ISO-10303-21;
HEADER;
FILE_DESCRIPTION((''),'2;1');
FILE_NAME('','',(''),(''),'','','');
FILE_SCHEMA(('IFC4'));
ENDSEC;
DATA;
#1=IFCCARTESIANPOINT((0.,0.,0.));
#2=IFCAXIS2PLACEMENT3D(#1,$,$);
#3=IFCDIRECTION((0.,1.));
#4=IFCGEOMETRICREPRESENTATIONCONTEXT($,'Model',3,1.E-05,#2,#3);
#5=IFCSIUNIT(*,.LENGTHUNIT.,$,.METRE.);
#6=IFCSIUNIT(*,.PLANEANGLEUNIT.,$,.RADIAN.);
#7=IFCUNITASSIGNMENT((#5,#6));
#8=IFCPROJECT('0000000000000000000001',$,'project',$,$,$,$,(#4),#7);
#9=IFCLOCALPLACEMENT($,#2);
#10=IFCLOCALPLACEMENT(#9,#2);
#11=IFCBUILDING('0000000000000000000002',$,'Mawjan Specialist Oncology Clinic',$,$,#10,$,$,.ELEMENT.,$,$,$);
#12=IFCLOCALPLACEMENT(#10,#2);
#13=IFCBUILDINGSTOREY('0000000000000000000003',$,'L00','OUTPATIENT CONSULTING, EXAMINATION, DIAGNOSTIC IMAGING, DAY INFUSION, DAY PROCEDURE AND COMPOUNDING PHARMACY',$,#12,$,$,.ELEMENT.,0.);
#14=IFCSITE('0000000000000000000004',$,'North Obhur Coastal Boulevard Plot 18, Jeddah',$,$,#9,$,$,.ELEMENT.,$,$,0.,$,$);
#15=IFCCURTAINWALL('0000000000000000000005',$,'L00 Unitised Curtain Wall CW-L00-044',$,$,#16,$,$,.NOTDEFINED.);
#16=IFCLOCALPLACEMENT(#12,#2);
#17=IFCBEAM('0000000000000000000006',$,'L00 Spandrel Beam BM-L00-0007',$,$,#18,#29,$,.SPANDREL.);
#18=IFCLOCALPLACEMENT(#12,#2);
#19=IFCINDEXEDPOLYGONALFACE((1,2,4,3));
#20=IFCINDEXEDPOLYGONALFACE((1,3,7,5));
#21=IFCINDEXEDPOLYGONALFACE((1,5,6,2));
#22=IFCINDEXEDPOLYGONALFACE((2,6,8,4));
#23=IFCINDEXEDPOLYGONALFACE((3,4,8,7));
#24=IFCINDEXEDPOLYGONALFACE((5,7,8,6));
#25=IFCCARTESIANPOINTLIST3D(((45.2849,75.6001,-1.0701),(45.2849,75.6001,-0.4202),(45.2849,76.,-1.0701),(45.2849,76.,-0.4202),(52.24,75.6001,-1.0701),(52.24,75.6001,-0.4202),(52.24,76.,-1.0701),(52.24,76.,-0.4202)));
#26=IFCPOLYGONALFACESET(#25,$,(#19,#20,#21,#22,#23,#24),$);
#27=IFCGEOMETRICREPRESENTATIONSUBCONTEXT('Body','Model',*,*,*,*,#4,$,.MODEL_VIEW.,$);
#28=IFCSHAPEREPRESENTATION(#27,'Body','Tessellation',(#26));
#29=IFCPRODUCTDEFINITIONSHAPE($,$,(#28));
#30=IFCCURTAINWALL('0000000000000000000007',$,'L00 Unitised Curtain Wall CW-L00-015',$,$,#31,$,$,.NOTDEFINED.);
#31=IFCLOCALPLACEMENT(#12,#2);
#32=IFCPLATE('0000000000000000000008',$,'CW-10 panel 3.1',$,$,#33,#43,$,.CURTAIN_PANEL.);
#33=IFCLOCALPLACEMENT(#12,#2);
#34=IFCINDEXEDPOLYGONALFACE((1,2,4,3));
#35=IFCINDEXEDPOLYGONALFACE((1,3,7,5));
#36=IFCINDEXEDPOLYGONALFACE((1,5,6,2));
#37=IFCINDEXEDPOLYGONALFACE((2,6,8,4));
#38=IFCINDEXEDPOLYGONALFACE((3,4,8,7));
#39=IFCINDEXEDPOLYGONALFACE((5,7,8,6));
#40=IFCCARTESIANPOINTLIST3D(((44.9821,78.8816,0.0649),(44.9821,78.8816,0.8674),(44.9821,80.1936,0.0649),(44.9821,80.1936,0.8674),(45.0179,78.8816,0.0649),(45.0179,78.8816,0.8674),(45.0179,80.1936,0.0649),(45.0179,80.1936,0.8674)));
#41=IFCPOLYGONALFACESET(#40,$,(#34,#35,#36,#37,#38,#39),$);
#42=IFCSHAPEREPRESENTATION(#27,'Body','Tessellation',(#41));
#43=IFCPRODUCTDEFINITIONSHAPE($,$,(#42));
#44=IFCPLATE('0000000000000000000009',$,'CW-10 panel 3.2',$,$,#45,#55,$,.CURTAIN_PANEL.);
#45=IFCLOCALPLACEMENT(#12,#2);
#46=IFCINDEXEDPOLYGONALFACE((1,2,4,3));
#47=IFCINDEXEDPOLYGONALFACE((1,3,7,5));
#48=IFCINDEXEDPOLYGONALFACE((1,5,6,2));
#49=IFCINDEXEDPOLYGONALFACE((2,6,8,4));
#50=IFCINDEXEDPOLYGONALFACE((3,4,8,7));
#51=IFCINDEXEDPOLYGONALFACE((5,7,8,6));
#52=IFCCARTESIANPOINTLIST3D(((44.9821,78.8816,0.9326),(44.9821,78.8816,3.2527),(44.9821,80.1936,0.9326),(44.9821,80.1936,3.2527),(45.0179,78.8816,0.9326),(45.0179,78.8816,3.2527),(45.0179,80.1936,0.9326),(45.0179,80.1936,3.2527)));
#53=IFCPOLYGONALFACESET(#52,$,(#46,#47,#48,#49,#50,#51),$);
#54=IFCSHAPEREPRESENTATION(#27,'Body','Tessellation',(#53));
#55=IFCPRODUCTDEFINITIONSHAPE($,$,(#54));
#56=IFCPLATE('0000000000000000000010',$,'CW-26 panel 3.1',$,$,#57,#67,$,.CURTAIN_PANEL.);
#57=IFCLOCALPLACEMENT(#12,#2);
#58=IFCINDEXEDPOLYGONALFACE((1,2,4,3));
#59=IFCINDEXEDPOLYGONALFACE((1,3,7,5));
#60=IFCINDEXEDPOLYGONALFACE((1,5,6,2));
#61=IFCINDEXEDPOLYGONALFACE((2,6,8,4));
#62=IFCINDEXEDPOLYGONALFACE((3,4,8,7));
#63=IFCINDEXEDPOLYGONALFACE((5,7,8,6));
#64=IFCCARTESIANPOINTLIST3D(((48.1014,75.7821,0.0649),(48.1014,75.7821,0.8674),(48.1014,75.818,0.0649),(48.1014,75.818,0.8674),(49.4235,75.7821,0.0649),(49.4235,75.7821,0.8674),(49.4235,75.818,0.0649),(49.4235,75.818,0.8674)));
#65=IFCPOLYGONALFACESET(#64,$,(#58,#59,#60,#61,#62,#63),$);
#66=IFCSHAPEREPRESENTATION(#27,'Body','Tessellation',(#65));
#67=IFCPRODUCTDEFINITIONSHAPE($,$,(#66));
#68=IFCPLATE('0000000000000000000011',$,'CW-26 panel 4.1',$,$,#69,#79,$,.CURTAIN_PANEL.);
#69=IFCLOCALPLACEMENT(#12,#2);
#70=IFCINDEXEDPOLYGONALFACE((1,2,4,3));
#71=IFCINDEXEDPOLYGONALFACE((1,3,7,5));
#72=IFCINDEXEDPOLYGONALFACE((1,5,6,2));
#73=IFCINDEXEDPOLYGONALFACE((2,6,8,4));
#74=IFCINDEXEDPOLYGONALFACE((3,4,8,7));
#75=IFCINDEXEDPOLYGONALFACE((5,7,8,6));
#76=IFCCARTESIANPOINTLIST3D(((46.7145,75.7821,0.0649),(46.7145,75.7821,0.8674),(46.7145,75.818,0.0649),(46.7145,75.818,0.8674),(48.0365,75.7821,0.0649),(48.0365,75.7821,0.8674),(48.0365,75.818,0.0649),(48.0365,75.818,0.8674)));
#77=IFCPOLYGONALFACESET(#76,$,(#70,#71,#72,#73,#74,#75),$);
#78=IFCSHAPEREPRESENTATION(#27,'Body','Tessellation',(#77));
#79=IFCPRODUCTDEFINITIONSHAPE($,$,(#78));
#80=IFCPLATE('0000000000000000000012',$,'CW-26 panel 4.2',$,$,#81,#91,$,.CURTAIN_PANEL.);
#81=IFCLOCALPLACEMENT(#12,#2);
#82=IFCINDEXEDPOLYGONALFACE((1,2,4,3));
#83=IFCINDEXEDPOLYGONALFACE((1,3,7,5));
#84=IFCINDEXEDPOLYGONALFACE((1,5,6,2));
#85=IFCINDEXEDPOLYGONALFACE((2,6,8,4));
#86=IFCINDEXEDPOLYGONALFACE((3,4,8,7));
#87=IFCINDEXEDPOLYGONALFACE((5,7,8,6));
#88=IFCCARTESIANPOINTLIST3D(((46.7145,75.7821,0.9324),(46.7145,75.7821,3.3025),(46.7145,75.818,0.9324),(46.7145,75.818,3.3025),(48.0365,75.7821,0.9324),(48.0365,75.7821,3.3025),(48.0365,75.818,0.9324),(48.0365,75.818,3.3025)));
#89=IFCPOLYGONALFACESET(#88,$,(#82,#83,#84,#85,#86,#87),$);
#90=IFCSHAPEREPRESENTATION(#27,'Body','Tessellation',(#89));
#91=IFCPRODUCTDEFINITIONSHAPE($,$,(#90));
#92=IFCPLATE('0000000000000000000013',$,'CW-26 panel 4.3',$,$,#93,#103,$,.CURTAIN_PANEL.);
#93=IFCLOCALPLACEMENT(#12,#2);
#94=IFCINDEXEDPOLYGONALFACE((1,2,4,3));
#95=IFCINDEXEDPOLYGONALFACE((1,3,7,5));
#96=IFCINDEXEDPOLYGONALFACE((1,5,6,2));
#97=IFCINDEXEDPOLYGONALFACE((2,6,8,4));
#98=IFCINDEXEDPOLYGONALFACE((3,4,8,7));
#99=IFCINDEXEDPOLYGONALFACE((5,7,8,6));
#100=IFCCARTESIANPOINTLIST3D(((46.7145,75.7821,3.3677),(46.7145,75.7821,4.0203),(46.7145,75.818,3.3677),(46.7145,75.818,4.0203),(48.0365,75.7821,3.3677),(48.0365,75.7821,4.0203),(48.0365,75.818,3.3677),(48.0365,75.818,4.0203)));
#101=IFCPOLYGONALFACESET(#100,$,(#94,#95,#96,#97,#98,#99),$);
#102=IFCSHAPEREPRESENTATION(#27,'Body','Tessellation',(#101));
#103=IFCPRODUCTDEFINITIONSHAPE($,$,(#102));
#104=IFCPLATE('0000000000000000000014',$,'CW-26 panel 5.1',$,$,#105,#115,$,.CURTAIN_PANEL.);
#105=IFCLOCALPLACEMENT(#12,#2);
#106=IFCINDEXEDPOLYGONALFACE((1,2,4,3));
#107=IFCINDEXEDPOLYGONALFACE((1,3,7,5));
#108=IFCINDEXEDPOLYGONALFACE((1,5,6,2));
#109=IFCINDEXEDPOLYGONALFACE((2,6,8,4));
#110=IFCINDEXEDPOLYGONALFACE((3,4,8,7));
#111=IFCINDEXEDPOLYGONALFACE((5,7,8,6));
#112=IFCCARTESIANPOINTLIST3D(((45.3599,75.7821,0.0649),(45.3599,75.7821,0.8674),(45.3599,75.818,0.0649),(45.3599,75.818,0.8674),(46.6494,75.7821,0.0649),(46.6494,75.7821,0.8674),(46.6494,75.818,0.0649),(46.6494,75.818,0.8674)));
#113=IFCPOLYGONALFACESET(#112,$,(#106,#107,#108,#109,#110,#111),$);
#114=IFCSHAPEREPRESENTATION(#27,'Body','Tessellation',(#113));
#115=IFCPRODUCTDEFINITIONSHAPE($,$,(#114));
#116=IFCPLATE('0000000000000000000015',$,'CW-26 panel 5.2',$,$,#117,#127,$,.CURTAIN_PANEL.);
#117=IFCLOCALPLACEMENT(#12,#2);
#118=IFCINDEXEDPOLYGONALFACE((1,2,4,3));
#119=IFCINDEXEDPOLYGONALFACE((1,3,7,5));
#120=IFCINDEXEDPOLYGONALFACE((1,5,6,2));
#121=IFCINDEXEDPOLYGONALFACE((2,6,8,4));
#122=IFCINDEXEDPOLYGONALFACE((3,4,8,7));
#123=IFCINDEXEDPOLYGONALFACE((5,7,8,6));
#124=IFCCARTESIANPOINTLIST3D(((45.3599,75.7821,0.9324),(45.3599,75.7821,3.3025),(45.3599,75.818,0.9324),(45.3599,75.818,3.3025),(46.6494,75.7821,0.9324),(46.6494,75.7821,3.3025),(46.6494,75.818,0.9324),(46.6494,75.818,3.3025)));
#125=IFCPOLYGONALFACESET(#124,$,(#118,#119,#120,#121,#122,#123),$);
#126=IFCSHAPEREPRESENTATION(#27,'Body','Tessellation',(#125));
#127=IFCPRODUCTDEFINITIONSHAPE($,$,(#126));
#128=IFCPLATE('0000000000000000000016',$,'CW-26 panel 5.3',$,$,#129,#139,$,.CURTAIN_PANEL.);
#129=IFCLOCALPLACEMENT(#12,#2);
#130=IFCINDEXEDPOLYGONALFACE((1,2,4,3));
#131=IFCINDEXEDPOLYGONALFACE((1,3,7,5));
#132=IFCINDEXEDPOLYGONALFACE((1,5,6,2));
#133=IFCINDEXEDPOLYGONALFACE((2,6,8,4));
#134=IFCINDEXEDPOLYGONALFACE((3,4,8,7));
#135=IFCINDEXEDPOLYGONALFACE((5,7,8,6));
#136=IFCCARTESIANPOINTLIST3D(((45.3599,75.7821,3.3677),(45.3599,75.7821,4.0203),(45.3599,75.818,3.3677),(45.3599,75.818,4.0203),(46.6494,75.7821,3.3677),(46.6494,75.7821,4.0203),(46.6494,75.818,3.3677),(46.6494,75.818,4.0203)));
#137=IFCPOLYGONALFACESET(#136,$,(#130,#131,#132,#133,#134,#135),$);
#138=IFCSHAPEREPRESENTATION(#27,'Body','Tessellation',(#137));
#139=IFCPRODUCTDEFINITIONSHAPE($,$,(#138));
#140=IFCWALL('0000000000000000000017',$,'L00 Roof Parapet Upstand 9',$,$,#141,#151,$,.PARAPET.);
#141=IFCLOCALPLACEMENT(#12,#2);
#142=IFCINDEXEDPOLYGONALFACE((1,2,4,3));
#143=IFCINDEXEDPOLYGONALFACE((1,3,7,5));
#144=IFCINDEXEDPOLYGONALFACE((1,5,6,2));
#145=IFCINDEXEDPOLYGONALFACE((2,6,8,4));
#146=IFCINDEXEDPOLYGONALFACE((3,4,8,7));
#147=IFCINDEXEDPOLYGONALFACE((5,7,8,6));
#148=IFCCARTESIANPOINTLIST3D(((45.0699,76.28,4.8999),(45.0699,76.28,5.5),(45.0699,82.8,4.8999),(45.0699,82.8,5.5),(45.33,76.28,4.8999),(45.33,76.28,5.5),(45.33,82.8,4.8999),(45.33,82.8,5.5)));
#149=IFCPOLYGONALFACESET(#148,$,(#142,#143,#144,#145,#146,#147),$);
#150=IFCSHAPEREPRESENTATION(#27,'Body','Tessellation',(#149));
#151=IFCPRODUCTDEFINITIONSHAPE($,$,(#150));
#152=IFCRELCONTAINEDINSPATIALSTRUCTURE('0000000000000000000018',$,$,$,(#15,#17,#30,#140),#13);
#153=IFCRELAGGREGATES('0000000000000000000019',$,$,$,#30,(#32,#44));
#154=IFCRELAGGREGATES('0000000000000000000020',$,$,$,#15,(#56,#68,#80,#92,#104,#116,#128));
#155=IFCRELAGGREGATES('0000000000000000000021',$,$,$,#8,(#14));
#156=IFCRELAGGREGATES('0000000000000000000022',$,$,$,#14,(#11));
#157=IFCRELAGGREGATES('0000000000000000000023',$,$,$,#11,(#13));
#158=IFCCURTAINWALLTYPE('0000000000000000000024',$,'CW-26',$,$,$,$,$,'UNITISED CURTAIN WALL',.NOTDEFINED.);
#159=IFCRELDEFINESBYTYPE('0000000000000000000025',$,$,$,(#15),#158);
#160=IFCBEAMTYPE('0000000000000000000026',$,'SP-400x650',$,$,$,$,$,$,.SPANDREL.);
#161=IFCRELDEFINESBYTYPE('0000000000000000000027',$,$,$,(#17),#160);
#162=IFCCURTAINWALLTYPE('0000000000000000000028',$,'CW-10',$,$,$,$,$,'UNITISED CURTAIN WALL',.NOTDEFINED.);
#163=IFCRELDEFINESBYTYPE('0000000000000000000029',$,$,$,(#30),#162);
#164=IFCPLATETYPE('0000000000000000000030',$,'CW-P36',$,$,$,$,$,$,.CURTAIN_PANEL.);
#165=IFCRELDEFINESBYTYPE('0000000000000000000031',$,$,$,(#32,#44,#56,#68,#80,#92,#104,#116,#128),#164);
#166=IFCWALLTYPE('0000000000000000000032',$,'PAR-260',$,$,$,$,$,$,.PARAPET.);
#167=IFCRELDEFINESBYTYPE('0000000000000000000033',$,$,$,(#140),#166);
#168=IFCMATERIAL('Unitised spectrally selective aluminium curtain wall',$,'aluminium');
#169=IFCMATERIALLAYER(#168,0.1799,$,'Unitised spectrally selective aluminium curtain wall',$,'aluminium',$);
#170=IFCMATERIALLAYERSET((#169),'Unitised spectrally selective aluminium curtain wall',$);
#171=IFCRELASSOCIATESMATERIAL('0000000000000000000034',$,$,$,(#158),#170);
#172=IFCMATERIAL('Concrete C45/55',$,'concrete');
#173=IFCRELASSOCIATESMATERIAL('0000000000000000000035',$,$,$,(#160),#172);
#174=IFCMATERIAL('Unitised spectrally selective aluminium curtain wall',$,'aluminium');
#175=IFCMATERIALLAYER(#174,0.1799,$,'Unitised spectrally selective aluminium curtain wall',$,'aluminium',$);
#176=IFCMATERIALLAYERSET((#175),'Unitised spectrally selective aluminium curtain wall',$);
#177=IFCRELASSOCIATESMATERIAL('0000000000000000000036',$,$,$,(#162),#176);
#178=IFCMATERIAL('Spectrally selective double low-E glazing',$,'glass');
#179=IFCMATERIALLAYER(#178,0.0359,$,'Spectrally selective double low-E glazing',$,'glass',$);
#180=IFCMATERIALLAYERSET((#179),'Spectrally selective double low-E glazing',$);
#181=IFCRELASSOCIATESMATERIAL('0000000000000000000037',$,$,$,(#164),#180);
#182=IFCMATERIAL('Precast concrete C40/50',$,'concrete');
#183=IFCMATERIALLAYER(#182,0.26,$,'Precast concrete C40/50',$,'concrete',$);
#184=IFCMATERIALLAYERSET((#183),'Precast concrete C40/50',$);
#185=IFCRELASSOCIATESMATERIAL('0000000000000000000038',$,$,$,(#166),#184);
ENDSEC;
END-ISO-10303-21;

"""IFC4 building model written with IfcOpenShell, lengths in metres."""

from ifc_helpers import new_model, si_unit, direction, frame, frame_2d, origin, origin_2d, place, context, subcontext, project, spatial, rectangle, extrude, material, layer, layer_set, material_profile, profile_set, type_object, element, aggregate, save


model = new_model("IFC4")

# Units and contexts
model_context = context("Model", 3, precision=1e-05, world=origin(), true_north=direction((0.0, 1.0)))
body_context = subcontext(model_context, "Body", "Model", "MODEL_VIEW")
ifc_project = project(units=[si_unit("LENGTHUNIT", "METRE"), si_unit("PLANEANGLEUNIT", "RADIAN")], contexts=[model_context])

# Site, building, storey
site_placement = place(None, origin())
site = spatial("IfcSite", under=ifc_project, at=site_placement, Name="North Obhur Coastal Boulevard Plot 18, Jeddah", CompositionType="ELEMENT", RefElevation=0.0)
building_placement = place(site_placement, origin())
building = spatial("IfcBuilding", under=site, at=building_placement, Name="Mawjan Specialist Oncology Clinic", CompositionType="ELEMENT")
storey_placement = place(building_placement, origin())
storey = spatial("IfcBuildingStorey", under=building, at=storey_placement, Name="L00", Description="OUTPATIENT CONSULTING, EXAMINATION, DIAGNOSTIC IMAGING, DAY INFUSION, DAY PROCEDURE AND COMPOUNDING PHARMACY", CompositionType="ELEMENT", Elevation=0.0)

# Curtain wall
ifc_material_1 = material(Name="Unitised spectrally selective aluminium curtain wall", Category="aluminium")
ifc_layer_1 = layer(ifc_material_1, 0.1799, Name="Unitised spectrally selective aluminium curtain wall", Category="aluminium")
ifc_layer_set_1 = layer_set([ifc_layer_1], Name="Unitised spectrally selective aluminium curtain wall")
curtain_wall_type_1 = type_object("IfcCurtainWallType", Name="CW-26", ElementType="UNITISED CURTAIN WALL", PredefinedType="NOTDEFINED", material=ifc_layer_set_1)
curtain_wall_1_placement = place(storey_placement, origin())
curtain_wall_1 = element("IfcCurtainWall", 1, at=curtain_wall_1_placement, inside=storey, type_object=curtain_wall_type_1, Name="L00 Unitised Curtain Wall CW-L00-044", PredefinedType="NOTDEFINED")

# Beam
ifc_material_2 = material(Name="Concrete C45/55", Category="concrete")
ifc_material_profile_1 = material_profile(ifc_material_2, rectangle(XDim=0.3999, YDim=0.6499, at=origin_2d()), Name="RC BM 400x650", Category="concrete")
ifc_profile_set_1 = profile_set([ifc_material_profile_1], Name="Concrete C45/55")
beam_type = type_object("IfcBeamType", Name="SP-400x650", PredefinedType="SPANDREL", material=ifc_profile_set_1)
beam_placement = place(storey_placement, frame((45.2849, 75.8, -0.7451), z_axis=(1.0, 0.0, 0.0), x_axis=(0.0, 1.0, 0.0)))
element("IfcBeam", 2, at=beam_placement, inside=storey, type_object=beam_type, Name="L00 Spandrel Beam BM-L00-0007", PredefinedType="SPANDREL", context=body_context, shape_type="SweptSolid", body=[
    extrude(rectangle(XDim=0.3999, YDim=0.6499, at=origin_2d()), origin(), (0.0, 0.0, 1.0), 6.9551),
])

# Curtain wall, plates
ifc_material_3 = material(Name="Unitised spectrally selective aluminium curtain wall", Category="aluminium")
ifc_layer_2 = layer(ifc_material_3, 0.1799, Name="Unitised spectrally selective aluminium curtain wall", Category="aluminium")
ifc_layer_set_2 = layer_set([ifc_layer_2], Name="Unitised spectrally selective aluminium curtain wall")
curtain_wall_type_2 = type_object("IfcCurtainWallType", Name="CW-10", ElementType="UNITISED CURTAIN WALL", PredefinedType="NOTDEFINED", material=ifc_layer_set_2)
curtain_wall_2_placement = place(storey_placement, origin())
curtain_wall_2 = element("IfcCurtainWall", 3, at=curtain_wall_2_placement, inside=storey, type_object=curtain_wall_type_2, Name="L00 Unitised Curtain Wall CW-L00-015", PredefinedType="NOTDEFINED")
ifc_material_4 = material(Name="Spectrally selective double low-E glazing", Category="glass")
ifc_layer_3 = layer(ifc_material_4, 0.0359, Name="Spectrally selective double low-E glazing", Category="glass")
ifc_layer_set_3 = layer_set([ifc_layer_3], Name="Spectrally selective double low-E glazing")
plate_type = type_object("IfcPlateType", Name="CW-P36", PredefinedType="CURTAIN_PANEL", material=ifc_layer_set_3)
plate_1_placement = place(storey_placement, frame((45.0, 79.5376, 0.0649), z_axis=(0.0, 0.0, 1.0), x_axis=(0.0, 1.0, 0.0)))
plate_1 = element("IfcPlate", 4, at=plate_1_placement, type_object=plate_type, Name="CW-10 panel 3.1", PredefinedType="CURTAIN_PANEL", context=body_context, shape_type="SweptSolid", body=[
    extrude(rectangle(XDim=1.312, YDim=0.0359, at=origin_2d()), origin(), (0.0, 0.0, 1.0), 0.8025),
])
plate_2_placement = place(storey_placement, frame((45.0, 79.5376, 0.9326), z_axis=(0.0, 0.0, 1.0), x_axis=(0.0, 1.0, 0.0)))
plate_2 = element("IfcPlate", 5, at=plate_2_placement, type_object=plate_type, Name="CW-10 panel 3.2", PredefinedType="CURTAIN_PANEL", context=body_context, shape_type="SweptSolid", body=[
    extrude(rectangle(XDim=1.312, YDim=0.0359, at=origin_2d()), origin(), (0.0, 0.0, 1.0), 2.3201),
])
aggregate(curtain_wall_2, [plate_1, plate_2])

# Plates
plate_3_placement = place(storey_placement, frame((48.7625, 75.8, 0.0649), z_axis=(0.0, 0.0, 1.0), x_axis=(-1.0, 0.0, 0.0)))
plate_3 = element("IfcPlate", 6, at=plate_3_placement, type_object=plate_type, Name="CW-26 panel 3.1", PredefinedType="CURTAIN_PANEL", context=body_context, shape_type="SweptSolid", body=[
    extrude(rectangle(XDim=1.322, YDim=0.0359, at=origin_2d()), origin(), (0.0, 0.0, 1.0), 0.8025),
])
plate_4_placement = place(storey_placement, frame((47.3755, 75.8, 0.0649), z_axis=(0.0, 0.0, 1.0), x_axis=(-1.0, 0.0, 0.0)))
plate_4 = element("IfcPlate", 7, at=plate_4_placement, type_object=plate_type, Name="CW-26 panel 4.1", PredefinedType="CURTAIN_PANEL", context=body_context, shape_type="SweptSolid", body=[
    extrude(rectangle(XDim=1.322, YDim=0.0359, at=origin_2d()), origin(), (0.0, 0.0, 1.0), 0.8025),
])
plate_5_placement = place(storey_placement, frame((47.3755, 75.8, 0.9324), z_axis=(0.0, 0.0, 1.0), x_axis=(-1.0, 0.0, 0.0)))
plate_5 = element("IfcPlate", 8, at=plate_5_placement, type_object=plate_type, Name="CW-26 panel 4.2", PredefinedType="CURTAIN_PANEL", context=body_context, shape_type="SweptSolid", body=[
    extrude(rectangle(XDim=1.322, YDim=0.0359, at=origin_2d()), origin(), (0.0, 0.0, 1.0), 2.3701),
])
plate_6_placement = place(storey_placement, frame((47.3755, 75.8, 3.3677), z_axis=(0.0, 0.0, 1.0), x_axis=(-1.0, 0.0, 0.0)))
plate_6 = element("IfcPlate", 9, at=plate_6_placement, type_object=plate_type, Name="CW-26 panel 4.3", PredefinedType="CURTAIN_PANEL", context=body_context, shape_type="SweptSolid", body=[
    extrude(rectangle(XDim=1.322, YDim=0.0359, at=origin_2d()), origin(), (0.0, 0.0, 1.0), 0.6526),
])
plate_7_placement = place(storey_placement, frame((46.0046, 75.8, 0.0649), z_axis=(0.0, 0.0, 1.0), x_axis=(-1.0, 0.0, 0.0)))
plate_7 = element("IfcPlate", 10, at=plate_7_placement, type_object=plate_type, Name="CW-26 panel 5.1", PredefinedType="CURTAIN_PANEL", context=body_context, shape_type="SweptSolid", body=[
    extrude(rectangle(XDim=1.2896, YDim=0.0359, at=origin_2d()), origin(), (0.0, 0.0, 1.0), 0.8025),
])
plate_8_placement = place(storey_placement, frame((46.0046, 75.8, 0.9324), z_axis=(0.0, 0.0, 1.0), x_axis=(-1.0, 0.0, 0.0)))
plate_8 = element("IfcPlate", 11, at=plate_8_placement, type_object=plate_type, Name="CW-26 panel 5.2", PredefinedType="CURTAIN_PANEL", context=body_context, shape_type="SweptSolid", body=[
    extrude(rectangle(XDim=1.2896, YDim=0.0359, at=origin_2d()), origin(), (0.0, 0.0, 1.0), 2.3701),
])
plate_9_placement = place(storey_placement, frame((46.0046, 75.8, 3.3677), z_axis=(0.0, 0.0, 1.0), x_axis=(-1.0, 0.0, 0.0)))
plate_9 = element("IfcPlate", 12, at=plate_9_placement, type_object=plate_type, Name="CW-26 panel 5.3", PredefinedType="CURTAIN_PANEL", context=body_context, shape_type="SweptSolid", body=[
    extrude(rectangle(XDim=1.2896, YDim=0.0359, at=origin_2d()), origin(), (0.0, 0.0, 1.0), 0.6526),
])
aggregate(curtain_wall_1, [plate_3, plate_4, plate_5, plate_6, plate_7, plate_8, plate_9])

# Wall
ifc_material_5 = material(Name="Precast concrete C40/50", Category="concrete")
ifc_layer_4 = layer(ifc_material_5, 0.26, Name="Precast concrete C40/50", Category="concrete")
ifc_layer_set_4 = layer_set([ifc_layer_4], Name="Precast concrete C40/50")
wall_type = type_object("IfcWallType", Name="PAR-260", PredefinedType="PARAPET", material=ifc_layer_set_4)
wall_placement = place(storey_placement, frame((45.2, 76.28, 4.8999), z_axis=(0.0, 0.0, 1.0), x_axis=(0.0, 1.0, 0.0)))
element("IfcWall", 13, at=wall_placement, inside=storey, type_object=wall_type, Name="L00 Roof Parapet Upstand 9", PredefinedType="PARAPET", context=body_context, shape_type="SweptSolid", body=[
    extrude(rectangle(XDim=6.52, YDim=0.26, at=frame_2d((3.26, 0.0))), origin(), (0.0, 0.0, 1.0), 0.6001),
])

save(model, "model.ifc")
